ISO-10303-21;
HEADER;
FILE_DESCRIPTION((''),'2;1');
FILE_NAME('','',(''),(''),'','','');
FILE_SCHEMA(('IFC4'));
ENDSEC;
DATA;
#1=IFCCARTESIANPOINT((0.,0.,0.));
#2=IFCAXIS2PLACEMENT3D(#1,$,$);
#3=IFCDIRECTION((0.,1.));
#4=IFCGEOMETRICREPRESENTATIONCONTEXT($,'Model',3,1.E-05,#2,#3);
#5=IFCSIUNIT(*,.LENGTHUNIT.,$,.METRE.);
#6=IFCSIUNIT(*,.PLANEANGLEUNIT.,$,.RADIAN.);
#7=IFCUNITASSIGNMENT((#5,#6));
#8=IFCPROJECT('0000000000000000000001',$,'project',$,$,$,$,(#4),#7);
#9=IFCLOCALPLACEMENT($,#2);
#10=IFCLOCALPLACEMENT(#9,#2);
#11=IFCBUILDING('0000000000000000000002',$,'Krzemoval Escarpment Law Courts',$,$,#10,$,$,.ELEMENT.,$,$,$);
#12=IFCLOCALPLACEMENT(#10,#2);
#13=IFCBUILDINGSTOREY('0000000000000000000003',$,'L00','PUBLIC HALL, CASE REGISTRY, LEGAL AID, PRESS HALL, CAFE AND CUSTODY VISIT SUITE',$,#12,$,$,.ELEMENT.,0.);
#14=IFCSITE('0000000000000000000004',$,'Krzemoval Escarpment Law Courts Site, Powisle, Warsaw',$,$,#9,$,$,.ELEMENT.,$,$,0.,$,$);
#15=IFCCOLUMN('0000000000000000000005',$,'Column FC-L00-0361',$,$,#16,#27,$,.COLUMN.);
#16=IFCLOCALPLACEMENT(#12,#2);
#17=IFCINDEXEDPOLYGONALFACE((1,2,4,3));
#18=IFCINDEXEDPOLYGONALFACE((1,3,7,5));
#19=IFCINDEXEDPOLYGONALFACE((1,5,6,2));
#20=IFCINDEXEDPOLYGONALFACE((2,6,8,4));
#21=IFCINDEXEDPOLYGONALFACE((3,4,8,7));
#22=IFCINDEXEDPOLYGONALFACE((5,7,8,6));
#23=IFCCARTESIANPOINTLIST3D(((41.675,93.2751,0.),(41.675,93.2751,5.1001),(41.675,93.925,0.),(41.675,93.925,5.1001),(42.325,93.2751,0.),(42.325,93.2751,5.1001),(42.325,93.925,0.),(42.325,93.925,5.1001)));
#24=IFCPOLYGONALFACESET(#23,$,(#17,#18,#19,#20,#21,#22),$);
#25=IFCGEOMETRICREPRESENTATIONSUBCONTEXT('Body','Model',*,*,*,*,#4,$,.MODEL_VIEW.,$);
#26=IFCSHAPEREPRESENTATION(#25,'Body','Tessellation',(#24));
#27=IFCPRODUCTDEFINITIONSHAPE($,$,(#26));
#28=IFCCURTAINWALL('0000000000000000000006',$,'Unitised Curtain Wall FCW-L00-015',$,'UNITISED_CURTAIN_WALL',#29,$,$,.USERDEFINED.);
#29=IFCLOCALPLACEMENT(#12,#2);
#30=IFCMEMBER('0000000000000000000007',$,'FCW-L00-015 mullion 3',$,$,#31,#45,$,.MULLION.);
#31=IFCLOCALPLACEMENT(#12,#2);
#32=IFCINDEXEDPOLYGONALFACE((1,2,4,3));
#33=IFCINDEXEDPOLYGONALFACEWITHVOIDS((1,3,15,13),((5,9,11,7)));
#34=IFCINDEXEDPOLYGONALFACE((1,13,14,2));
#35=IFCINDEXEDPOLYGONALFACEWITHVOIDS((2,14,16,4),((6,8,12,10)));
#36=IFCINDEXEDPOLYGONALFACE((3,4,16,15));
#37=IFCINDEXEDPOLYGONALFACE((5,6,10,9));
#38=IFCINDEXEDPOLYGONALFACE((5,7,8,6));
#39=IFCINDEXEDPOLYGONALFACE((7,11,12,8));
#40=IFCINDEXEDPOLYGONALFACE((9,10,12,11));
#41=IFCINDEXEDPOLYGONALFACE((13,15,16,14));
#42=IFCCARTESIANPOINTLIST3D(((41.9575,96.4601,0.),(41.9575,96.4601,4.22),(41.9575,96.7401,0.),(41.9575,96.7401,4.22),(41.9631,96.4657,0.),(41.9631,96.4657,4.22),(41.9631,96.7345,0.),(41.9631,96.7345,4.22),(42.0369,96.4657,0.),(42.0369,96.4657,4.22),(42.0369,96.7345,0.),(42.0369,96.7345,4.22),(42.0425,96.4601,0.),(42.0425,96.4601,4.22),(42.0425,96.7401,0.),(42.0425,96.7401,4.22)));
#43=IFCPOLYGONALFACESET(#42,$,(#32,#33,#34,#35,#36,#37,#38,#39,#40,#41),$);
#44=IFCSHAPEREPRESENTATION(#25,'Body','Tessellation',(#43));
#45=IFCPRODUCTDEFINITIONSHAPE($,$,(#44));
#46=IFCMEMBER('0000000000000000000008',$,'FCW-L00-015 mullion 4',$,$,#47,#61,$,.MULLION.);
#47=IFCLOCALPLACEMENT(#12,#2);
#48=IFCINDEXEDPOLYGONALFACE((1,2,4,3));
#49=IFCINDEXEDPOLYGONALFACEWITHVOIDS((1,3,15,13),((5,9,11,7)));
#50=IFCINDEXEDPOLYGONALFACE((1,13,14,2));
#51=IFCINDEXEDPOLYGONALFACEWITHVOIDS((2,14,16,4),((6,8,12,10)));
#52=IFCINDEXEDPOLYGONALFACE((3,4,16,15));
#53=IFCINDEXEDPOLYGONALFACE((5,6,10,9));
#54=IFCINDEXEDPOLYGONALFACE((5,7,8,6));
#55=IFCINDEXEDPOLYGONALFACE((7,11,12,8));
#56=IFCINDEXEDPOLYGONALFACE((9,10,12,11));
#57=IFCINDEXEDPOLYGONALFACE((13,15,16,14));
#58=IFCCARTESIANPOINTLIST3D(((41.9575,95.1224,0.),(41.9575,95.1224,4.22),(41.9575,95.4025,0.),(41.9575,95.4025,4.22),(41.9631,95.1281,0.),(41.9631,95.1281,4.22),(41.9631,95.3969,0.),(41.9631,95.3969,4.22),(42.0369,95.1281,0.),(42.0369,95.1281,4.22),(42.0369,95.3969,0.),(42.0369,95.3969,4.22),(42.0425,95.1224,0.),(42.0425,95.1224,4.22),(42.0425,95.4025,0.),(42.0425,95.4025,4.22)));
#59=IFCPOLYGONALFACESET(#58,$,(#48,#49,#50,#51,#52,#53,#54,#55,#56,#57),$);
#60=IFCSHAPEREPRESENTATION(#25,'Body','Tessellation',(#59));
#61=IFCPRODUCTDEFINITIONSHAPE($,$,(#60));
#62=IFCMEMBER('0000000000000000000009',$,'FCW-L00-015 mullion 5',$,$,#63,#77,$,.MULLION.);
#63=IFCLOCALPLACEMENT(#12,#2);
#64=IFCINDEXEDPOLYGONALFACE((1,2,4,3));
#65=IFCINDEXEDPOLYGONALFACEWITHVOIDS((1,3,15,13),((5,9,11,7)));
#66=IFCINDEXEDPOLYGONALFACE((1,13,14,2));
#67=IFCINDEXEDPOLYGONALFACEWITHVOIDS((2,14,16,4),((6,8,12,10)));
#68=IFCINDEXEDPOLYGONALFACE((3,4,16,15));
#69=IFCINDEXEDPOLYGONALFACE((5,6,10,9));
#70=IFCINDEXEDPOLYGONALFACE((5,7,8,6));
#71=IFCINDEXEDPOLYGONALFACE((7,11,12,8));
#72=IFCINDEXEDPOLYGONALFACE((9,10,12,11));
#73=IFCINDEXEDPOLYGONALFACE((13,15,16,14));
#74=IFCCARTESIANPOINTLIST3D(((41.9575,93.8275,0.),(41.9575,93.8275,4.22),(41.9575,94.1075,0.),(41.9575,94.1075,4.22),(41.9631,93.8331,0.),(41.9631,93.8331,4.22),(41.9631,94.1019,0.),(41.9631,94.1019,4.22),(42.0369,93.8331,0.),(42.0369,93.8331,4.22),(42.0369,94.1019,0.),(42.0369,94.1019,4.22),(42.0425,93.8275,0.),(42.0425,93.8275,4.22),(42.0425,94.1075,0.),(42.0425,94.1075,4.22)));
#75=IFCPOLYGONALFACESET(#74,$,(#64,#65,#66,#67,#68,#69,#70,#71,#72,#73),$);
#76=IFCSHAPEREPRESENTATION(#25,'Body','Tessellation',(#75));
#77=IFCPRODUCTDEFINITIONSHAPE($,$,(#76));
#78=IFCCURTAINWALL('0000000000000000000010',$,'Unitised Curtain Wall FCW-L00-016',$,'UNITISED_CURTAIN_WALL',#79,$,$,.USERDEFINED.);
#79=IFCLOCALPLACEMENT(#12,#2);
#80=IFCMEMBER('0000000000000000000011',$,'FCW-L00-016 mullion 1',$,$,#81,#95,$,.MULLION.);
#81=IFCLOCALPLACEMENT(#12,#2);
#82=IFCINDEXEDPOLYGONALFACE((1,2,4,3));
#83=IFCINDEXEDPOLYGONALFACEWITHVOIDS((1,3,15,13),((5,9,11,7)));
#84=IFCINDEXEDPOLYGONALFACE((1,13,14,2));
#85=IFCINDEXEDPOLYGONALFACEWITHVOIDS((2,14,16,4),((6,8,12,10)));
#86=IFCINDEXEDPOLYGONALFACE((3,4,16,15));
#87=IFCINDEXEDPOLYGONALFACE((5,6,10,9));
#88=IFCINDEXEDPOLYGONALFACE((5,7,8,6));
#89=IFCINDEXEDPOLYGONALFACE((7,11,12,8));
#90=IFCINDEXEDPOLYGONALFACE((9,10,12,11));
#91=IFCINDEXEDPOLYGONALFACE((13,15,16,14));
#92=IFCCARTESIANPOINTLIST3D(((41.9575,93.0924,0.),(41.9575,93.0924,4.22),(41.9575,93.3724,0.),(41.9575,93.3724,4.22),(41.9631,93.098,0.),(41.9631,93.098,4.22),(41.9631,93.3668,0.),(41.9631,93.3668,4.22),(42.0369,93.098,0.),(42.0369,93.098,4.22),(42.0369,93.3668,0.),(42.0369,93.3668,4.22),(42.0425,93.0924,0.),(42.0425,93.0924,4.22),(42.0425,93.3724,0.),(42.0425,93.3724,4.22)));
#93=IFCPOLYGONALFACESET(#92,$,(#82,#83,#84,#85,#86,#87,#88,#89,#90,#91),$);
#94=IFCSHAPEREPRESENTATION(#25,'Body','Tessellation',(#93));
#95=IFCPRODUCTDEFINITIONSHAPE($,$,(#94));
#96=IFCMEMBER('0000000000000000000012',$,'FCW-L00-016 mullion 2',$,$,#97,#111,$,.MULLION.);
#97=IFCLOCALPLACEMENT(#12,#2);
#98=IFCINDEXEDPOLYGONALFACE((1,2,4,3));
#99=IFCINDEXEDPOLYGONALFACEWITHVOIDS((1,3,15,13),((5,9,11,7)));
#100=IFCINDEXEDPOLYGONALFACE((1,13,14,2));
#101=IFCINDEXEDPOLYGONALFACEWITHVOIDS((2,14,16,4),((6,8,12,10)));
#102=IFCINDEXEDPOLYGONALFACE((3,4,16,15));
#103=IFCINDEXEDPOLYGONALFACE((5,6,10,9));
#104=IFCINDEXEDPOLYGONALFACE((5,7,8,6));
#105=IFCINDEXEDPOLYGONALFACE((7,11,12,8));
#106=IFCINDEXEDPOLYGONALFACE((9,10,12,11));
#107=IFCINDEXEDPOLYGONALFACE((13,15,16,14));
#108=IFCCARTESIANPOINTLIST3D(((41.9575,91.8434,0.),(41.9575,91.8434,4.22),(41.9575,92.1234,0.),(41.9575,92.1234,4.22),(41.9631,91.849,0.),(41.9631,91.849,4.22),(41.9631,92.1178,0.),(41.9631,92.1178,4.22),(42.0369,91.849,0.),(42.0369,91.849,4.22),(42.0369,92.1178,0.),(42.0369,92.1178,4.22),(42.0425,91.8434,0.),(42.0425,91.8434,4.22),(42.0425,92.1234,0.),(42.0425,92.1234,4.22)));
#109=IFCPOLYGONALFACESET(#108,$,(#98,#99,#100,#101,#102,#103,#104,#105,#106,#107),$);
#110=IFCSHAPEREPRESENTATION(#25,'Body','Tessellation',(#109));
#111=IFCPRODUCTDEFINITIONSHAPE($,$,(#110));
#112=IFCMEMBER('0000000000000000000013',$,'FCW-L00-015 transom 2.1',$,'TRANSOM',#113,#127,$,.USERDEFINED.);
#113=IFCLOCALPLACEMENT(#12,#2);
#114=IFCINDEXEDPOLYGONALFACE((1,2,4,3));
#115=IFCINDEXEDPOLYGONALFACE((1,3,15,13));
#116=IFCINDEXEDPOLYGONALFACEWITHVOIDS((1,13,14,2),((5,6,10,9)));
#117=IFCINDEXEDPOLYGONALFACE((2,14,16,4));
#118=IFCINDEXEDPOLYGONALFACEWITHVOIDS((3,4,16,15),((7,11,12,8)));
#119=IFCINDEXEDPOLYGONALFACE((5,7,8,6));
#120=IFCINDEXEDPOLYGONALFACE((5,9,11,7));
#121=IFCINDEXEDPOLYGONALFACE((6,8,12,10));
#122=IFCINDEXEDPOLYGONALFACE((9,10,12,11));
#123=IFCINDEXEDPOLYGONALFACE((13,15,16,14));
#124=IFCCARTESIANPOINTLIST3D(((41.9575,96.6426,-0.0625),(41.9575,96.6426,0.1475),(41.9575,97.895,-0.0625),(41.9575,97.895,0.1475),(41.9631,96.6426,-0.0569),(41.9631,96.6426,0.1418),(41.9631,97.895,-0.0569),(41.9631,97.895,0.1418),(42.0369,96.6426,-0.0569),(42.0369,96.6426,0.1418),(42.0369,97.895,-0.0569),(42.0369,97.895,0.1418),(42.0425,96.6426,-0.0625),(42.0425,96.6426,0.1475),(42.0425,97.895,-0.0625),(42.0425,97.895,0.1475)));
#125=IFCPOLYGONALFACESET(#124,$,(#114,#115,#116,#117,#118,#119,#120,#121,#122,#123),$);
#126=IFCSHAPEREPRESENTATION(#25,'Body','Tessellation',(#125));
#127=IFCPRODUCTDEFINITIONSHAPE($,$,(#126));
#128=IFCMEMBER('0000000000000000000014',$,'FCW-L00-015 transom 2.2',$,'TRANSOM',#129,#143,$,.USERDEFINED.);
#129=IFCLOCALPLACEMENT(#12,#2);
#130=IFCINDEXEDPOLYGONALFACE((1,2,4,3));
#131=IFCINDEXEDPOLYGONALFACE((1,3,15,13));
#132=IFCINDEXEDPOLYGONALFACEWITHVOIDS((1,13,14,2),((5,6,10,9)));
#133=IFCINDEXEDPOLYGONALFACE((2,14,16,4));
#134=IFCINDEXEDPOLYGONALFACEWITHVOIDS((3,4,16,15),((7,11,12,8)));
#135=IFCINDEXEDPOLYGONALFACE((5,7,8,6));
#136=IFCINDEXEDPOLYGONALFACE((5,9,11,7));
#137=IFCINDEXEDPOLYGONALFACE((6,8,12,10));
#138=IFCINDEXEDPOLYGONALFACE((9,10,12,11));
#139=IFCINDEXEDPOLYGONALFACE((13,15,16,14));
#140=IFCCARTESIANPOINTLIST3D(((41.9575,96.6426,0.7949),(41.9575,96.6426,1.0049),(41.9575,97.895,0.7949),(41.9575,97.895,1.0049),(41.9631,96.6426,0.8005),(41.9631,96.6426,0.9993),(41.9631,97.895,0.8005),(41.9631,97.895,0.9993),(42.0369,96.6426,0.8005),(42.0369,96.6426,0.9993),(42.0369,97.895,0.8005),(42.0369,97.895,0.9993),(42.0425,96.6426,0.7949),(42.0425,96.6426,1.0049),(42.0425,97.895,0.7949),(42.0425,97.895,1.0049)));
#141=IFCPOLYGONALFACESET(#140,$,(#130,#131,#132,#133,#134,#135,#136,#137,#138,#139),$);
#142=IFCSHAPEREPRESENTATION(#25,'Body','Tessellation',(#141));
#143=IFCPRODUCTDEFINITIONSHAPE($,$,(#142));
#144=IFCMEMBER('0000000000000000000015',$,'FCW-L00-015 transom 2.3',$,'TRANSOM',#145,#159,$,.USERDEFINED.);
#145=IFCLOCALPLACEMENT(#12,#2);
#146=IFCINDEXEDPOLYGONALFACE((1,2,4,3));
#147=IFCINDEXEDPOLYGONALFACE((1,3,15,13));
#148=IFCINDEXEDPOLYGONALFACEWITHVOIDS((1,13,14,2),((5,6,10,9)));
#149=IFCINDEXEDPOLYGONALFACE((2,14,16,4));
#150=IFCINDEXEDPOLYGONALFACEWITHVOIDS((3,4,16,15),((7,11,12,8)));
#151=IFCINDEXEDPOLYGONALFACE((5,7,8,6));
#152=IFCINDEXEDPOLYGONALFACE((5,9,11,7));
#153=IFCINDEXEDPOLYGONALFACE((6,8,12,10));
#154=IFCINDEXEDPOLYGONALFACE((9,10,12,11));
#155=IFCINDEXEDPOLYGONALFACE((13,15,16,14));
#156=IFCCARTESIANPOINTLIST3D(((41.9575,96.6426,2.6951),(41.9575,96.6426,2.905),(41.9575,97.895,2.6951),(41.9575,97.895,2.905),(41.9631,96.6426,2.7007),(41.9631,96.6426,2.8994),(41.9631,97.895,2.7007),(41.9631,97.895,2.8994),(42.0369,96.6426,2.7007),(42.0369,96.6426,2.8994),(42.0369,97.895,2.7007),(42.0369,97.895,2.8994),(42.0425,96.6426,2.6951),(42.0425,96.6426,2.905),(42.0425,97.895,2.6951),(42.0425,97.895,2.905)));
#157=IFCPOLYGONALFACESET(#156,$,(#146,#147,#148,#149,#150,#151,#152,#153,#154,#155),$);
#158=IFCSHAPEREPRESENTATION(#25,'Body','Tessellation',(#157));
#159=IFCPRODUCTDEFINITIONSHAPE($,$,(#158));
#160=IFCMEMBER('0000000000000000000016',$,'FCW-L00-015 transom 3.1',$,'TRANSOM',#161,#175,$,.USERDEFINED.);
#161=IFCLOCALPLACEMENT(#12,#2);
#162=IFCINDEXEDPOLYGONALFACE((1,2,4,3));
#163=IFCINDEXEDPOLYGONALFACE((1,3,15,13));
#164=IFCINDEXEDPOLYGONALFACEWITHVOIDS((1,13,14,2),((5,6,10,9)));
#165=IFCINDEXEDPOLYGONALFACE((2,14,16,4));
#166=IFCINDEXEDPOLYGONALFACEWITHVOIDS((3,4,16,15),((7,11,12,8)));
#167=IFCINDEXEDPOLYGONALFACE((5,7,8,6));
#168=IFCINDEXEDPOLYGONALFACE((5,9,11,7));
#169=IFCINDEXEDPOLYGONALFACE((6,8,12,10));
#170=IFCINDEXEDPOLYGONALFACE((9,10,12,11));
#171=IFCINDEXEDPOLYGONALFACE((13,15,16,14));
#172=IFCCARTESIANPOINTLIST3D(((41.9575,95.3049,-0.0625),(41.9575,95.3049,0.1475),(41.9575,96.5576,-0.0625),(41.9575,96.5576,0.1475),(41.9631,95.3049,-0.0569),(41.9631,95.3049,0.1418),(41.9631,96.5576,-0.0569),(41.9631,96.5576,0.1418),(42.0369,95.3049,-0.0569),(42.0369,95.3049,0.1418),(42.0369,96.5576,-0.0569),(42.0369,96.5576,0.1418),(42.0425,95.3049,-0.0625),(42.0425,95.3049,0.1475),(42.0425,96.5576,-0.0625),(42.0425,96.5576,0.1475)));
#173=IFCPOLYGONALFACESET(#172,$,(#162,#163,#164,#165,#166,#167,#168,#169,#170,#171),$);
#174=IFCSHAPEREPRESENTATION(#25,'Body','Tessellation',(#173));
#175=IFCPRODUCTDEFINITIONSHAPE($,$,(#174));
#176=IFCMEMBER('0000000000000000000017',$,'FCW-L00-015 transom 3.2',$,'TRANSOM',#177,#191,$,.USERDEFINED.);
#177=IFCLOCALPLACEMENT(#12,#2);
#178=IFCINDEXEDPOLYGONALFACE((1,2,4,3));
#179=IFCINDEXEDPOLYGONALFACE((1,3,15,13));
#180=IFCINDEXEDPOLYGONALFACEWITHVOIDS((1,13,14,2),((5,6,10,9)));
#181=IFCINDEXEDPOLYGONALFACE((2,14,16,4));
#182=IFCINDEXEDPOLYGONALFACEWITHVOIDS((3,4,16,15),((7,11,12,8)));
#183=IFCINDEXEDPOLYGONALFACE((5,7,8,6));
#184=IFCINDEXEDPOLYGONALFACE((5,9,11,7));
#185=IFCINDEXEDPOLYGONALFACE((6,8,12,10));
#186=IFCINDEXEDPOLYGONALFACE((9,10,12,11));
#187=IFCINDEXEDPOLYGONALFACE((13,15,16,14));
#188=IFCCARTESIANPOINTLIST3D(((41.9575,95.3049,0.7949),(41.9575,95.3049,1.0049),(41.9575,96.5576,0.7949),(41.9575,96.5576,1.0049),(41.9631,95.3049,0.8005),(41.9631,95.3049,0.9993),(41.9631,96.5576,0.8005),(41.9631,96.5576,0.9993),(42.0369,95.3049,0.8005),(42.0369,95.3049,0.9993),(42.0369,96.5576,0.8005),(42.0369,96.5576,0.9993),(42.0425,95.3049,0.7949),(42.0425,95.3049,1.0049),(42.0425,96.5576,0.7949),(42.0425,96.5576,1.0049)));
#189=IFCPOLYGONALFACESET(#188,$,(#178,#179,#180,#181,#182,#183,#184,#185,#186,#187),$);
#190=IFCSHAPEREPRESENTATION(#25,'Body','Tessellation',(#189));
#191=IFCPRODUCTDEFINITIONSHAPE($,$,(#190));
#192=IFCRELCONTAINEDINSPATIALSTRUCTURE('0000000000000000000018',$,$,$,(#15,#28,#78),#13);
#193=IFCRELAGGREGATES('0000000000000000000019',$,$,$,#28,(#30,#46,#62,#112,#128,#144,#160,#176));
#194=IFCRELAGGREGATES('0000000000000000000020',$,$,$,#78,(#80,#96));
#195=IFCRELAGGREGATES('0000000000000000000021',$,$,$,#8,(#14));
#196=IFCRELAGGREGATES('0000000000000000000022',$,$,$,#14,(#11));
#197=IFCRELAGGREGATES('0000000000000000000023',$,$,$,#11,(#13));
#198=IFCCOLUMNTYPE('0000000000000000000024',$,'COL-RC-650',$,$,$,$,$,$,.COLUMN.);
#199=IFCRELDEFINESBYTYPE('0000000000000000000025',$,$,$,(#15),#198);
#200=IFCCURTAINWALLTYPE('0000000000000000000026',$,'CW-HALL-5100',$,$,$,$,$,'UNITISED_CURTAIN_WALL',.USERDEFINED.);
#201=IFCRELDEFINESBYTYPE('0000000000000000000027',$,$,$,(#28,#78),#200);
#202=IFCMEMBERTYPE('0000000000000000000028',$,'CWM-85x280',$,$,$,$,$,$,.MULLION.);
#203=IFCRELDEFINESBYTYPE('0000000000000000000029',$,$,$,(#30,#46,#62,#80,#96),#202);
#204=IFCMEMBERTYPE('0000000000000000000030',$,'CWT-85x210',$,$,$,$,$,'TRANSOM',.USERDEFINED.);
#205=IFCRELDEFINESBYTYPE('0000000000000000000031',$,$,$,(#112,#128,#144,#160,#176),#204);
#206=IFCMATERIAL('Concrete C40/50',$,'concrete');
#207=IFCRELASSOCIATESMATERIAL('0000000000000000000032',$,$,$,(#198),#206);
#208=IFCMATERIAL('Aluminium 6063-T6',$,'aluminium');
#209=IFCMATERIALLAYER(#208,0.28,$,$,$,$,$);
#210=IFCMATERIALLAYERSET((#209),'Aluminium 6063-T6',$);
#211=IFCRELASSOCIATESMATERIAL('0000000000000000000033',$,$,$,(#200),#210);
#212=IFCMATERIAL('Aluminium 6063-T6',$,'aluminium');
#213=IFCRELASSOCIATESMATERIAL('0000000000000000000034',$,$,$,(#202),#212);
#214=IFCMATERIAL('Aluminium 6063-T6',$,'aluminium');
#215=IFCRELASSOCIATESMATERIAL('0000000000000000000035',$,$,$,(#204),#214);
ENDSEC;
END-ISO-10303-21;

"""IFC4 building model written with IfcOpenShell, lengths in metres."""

from ifc_helpers import new_model, si_unit, direction, frame, origin, origin_2d, place, context, subcontext, project, spatial, rectangle, hollow_rectangle, extrude, material, layer, layer_set, material_profile, profile_set, type_object, element, aggregate, save


model = new_model("IFC4")

# Units and contexts
model_context = context("Model", 3, precision=1e-05, world=origin(), true_north=direction((0.0, 1.0)))
body_context = subcontext(model_context, "Body", "Model", "MODEL_VIEW")
ifc_project = project(units=[si_unit("LENGTHUNIT", "METRE"), si_unit("PLANEANGLEUNIT", "RADIAN")], contexts=[model_context])

# Site, building, storey
site_placement = place(None, origin())
site = spatial("IfcSite", under=ifc_project, at=site_placement, Name="Krzemoval Escarpment Law Courts Site, Powisle, Warsaw", CompositionType="ELEMENT", RefElevation=0.0)
building_placement = place(site_placement, origin())
building = spatial("IfcBuilding", under=site, at=building_placement, Name="Krzemoval Escarpment Law Courts", CompositionType="ELEMENT")
storey_placement = place(building_placement, origin())
storey = spatial("IfcBuildingStorey", under=building, at=storey_placement, Name="L00", Description="PUBLIC HALL, CASE REGISTRY, LEGAL AID, PRESS HALL, CAFE AND CUSTODY VISIT SUITE", CompositionType="ELEMENT", Elevation=0.0)

# Column
ifc_material_1 = material(Name="Concrete C40/50", Category="concrete")
ifc_material_profile_1 = material_profile(ifc_material_1, rectangle(XDim=0.6499, YDim=0.6499, at=origin_2d()), Name="RC 650x650")
ifc_profile_set_1 = profile_set([ifc_material_profile_1], Name="Concrete C40/50")
column_type = type_object("IfcColumnType", Name="COL-RC-650", PredefinedType="COLUMN", material=ifc_profile_set_1)
column_placement = place(storey_placement, frame((42.0, 93.6001, 0.0), z_axis=(0.0, 0.0, 1.0), x_axis=(1.0, 0.0, 0.0)))
element("IfcColumn", 1, at=column_placement, inside=storey, type_object=column_type, Name="Column FC-L00-0361", PredefinedType="COLUMN", context=body_context, shape_type="SweptSolid", body=[
    extrude(rectangle(XDim=0.6499, YDim=0.6499, at=origin_2d()), origin(), (0.0, 0.0, 1.0), 5.1001),
])

# Curtain walls, members
ifc_material_2 = material(Name="Aluminium 6063-T6", Category="aluminium")
ifc_layer_1 = layer(ifc_material_2, 0.28)
ifc_layer_set_1 = layer_set([ifc_layer_1], Name="Aluminium 6063-T6")
curtain_wall_type = type_object("IfcCurtainWallType", Name="CW-HALL-5100", ElementType="UNITISED_CURTAIN_WALL", PredefinedType="USERDEFINED", material=ifc_layer_set_1)
curtain_wall_1_placement = place(storey_placement, origin())
curtain_wall_1 = element("IfcCurtainWall", 2, at=curtain_wall_1_placement, inside=storey, type_object=curtain_wall_type, Name="Unitised Curtain Wall FCW-L00-015", ObjectType="UNITISED_CURTAIN_WALL", PredefinedType="USERDEFINED")
ifc_material_3 = material(Name="Aluminium 6063-T6", Category="aluminium")
ifc_material_profile_2 = material_profile(ifc_material_3, hollow_rectangle(XDim=0.085, YDim=0.28, WallThickness=0.0056, at=origin_2d()), Name="ALU M85x280")
ifc_profile_set_2 = profile_set([ifc_material_profile_2], Name="Aluminium 6063-T6")
member_type_1 = type_object("IfcMemberType", Name="CWM-85x280", PredefinedType="MULLION", material=ifc_profile_set_2)
member_1_placement = place(storey_placement, frame((42.0, 96.6001, 0.0), z_axis=(0.0, 0.0, 1.0), x_axis=(1.0, 0.0, 0.0)))
member_1 = element("IfcMember", 3, at=member_1_placement, type_object=member_type_1, Name="FCW-L00-015 mullion 3", PredefinedType="MULLION", context=body_context, shape_type="SweptSolid", body=[
    extrude(hollow_rectangle(XDim=0.085, YDim=0.28, WallThickness=0.0056, at=origin_2d()), origin(), (0.0, 0.0, 1.0), 4.22),
])
member_2_placement = place(storey_placement, frame((42.0, 95.2625, 0.0), z_axis=(0.0, 0.0, 1.0), x_axis=(1.0, 0.0, 0.0)))
member_2 = element("IfcMember", 4, at=member_2_placement, type_object=member_type_1, Name="FCW-L00-015 mullion 4", PredefinedType="MULLION", context=body_context, shape_type="SweptSolid", body=[
    extrude(hollow_rectangle(XDim=0.085, YDim=0.28, WallThickness=0.0056, at=origin_2d()), origin(), (0.0, 0.0, 1.0), 4.22),
])
member_3_placement = place(storey_placement, frame((42.0, 93.9675, 0.0), z_axis=(0.0, 0.0, 1.0), x_axis=(1.0, 0.0, 0.0)))
member_3 = element("IfcMember", 5, at=member_3_placement, type_object=member_type_1, Name="FCW-L00-015 mullion 5", PredefinedType="MULLION", context=body_context, shape_type="SweptSolid", body=[
    extrude(hollow_rectangle(XDim=0.085, YDim=0.28, WallThickness=0.0056, at=origin_2d()), origin(), (0.0, 0.0, 1.0), 4.22),
])
curtain_wall_2_placement = place(storey_placement, origin())
curtain_wall_2 = element("IfcCurtainWall", 6, at=curtain_wall_2_placement, inside=storey, type_object=curtain_wall_type, Name="Unitised Curtain Wall FCW-L00-016", ObjectType="UNITISED_CURTAIN_WALL", PredefinedType="USERDEFINED")
member_4_placement = place(storey_placement, frame((42.0, 93.2324, 0.0), z_axis=(0.0, 0.0, 1.0), x_axis=(1.0, 0.0, 0.0)))
member_4 = element("IfcMember", 7, at=member_4_placement, type_object=member_type_1, Name="FCW-L00-016 mullion 1", PredefinedType="MULLION", context=body_context, shape_type="SweptSolid", body=[
    extrude(hollow_rectangle(XDim=0.085, YDim=0.28, WallThickness=0.0056, at=origin_2d()), origin(), (0.0, 0.0, 1.0), 4.22),
])
member_5_placement = place(storey_placement, frame((42.0, 91.9834, 0.0), z_axis=(0.0, 0.0, 1.0), x_axis=(1.0, 0.0, 0.0)))
member_5 = element("IfcMember", 8, at=member_5_placement, type_object=member_type_1, Name="FCW-L00-016 mullion 2", PredefinedType="MULLION", context=body_context, shape_type="SweptSolid", body=[
    extrude(hollow_rectangle(XDim=0.085, YDim=0.28, WallThickness=0.0056, at=origin_2d()), origin(), (0.0, 0.0, 1.0), 4.22),
])

# Members
ifc_material_4 = material(Name="Aluminium 6063-T6", Category="aluminium")
ifc_material_profile_3 = material_profile(ifc_material_4, hollow_rectangle(XDim=0.085, YDim=0.21, WallThickness=0.0056, at=origin_2d()), Name="ALU T85x210")
ifc_profile_set_3 = profile_set([ifc_material_profile_3], Name="Aluminium 6063-T6")
member_type_2 = type_object("IfcMemberType", Name="CWT-85x210", ElementType="TRANSOM", PredefinedType="USERDEFINED", material=ifc_profile_set_3)
member_6_placement = place(storey_placement, frame((42.0, 97.895, 0.0425), z_axis=(0.0, -1.0, 0.0), x_axis=(1.0, 0.0, 0.0)))
member_6 = element("IfcMember", 9, at=member_6_placement, type_object=member_type_2, Name="FCW-L00-015 transom 2.1", ObjectType="TRANSOM", PredefinedType="USERDEFINED", context=body_context, shape_type="SweptSolid", body=[
    extrude(hollow_rectangle(XDim=0.085, YDim=0.21, WallThickness=0.0056, at=origin_2d()), origin(), (0.0, 0.0, 1.0), 1.2524),
])
member_7_placement = place(storey_placement, frame((42.0, 97.895, 0.8999), z_axis=(0.0, -1.0, 0.0), x_axis=(1.0, 0.0, 0.0)))
member_7 = element("IfcMember", 10, at=member_7_placement, type_object=member_type_2, Name="FCW-L00-015 transom 2.2", ObjectType="TRANSOM", PredefinedType="USERDEFINED", context=body_context, shape_type="SweptSolid", body=[
    extrude(hollow_rectangle(XDim=0.085, YDim=0.21, WallThickness=0.0056, at=origin_2d()), origin(), (0.0, 0.0, 1.0), 1.2524),
])
member_8_placement = place(storey_placement, frame((42.0, 97.895, 2.8), z_axis=(0.0, -1.0, 0.0), x_axis=(1.0, 0.0, 0.0)))
member_8 = element("IfcMember", 11, at=member_8_placement, type_object=member_type_2, Name="FCW-L00-015 transom 2.3", ObjectType="TRANSOM", PredefinedType="USERDEFINED", context=body_context, shape_type="SweptSolid", body=[
    extrude(hollow_rectangle(XDim=0.085, YDim=0.21, WallThickness=0.0056, at=origin_2d()), origin(), (0.0, 0.0, 1.0), 1.2524),
])
member_9_placement = place(storey_placement, frame((42.0, 96.5576, 0.0425), z_axis=(0.0, -1.0, 0.0), x_axis=(1.0, 0.0, 0.0)))
member_9 = element("IfcMember", 12, at=member_9_placement, type_object=member_type_2, Name="FCW-L00-015 transom 3.1", ObjectType="TRANSOM", PredefinedType="USERDEFINED", context=body_context, shape_type="SweptSolid", body=[
    extrude(hollow_rectangle(XDim=0.085, YDim=0.21, WallThickness=0.0056, at=origin_2d()), origin(), (0.0, 0.0, 1.0), 1.2527),
])
member_10_placement = place(storey_placement, frame((42.0, 96.5576, 0.8999), z_axis=(0.0, -1.0, 0.0), x_axis=(1.0, 0.0, 0.0)))
member_10 = element("IfcMember", 13, at=member_10_placement, type_object=member_type_2, Name="FCW-L00-015 transom 3.2", ObjectType="TRANSOM", PredefinedType="USERDEFINED", context=body_context, shape_type="SweptSolid", body=[
    extrude(hollow_rectangle(XDim=0.085, YDim=0.21, WallThickness=0.0056, at=origin_2d()), origin(), (0.0, 0.0, 1.0), 1.2527),
])

aggregate(curtain_wall_1, [member_1, member_2, member_3, member_6, member_7, member_8, member_9, member_10])
aggregate(curtain_wall_2, [member_4, member_5])

save(model, "model.ifc")
